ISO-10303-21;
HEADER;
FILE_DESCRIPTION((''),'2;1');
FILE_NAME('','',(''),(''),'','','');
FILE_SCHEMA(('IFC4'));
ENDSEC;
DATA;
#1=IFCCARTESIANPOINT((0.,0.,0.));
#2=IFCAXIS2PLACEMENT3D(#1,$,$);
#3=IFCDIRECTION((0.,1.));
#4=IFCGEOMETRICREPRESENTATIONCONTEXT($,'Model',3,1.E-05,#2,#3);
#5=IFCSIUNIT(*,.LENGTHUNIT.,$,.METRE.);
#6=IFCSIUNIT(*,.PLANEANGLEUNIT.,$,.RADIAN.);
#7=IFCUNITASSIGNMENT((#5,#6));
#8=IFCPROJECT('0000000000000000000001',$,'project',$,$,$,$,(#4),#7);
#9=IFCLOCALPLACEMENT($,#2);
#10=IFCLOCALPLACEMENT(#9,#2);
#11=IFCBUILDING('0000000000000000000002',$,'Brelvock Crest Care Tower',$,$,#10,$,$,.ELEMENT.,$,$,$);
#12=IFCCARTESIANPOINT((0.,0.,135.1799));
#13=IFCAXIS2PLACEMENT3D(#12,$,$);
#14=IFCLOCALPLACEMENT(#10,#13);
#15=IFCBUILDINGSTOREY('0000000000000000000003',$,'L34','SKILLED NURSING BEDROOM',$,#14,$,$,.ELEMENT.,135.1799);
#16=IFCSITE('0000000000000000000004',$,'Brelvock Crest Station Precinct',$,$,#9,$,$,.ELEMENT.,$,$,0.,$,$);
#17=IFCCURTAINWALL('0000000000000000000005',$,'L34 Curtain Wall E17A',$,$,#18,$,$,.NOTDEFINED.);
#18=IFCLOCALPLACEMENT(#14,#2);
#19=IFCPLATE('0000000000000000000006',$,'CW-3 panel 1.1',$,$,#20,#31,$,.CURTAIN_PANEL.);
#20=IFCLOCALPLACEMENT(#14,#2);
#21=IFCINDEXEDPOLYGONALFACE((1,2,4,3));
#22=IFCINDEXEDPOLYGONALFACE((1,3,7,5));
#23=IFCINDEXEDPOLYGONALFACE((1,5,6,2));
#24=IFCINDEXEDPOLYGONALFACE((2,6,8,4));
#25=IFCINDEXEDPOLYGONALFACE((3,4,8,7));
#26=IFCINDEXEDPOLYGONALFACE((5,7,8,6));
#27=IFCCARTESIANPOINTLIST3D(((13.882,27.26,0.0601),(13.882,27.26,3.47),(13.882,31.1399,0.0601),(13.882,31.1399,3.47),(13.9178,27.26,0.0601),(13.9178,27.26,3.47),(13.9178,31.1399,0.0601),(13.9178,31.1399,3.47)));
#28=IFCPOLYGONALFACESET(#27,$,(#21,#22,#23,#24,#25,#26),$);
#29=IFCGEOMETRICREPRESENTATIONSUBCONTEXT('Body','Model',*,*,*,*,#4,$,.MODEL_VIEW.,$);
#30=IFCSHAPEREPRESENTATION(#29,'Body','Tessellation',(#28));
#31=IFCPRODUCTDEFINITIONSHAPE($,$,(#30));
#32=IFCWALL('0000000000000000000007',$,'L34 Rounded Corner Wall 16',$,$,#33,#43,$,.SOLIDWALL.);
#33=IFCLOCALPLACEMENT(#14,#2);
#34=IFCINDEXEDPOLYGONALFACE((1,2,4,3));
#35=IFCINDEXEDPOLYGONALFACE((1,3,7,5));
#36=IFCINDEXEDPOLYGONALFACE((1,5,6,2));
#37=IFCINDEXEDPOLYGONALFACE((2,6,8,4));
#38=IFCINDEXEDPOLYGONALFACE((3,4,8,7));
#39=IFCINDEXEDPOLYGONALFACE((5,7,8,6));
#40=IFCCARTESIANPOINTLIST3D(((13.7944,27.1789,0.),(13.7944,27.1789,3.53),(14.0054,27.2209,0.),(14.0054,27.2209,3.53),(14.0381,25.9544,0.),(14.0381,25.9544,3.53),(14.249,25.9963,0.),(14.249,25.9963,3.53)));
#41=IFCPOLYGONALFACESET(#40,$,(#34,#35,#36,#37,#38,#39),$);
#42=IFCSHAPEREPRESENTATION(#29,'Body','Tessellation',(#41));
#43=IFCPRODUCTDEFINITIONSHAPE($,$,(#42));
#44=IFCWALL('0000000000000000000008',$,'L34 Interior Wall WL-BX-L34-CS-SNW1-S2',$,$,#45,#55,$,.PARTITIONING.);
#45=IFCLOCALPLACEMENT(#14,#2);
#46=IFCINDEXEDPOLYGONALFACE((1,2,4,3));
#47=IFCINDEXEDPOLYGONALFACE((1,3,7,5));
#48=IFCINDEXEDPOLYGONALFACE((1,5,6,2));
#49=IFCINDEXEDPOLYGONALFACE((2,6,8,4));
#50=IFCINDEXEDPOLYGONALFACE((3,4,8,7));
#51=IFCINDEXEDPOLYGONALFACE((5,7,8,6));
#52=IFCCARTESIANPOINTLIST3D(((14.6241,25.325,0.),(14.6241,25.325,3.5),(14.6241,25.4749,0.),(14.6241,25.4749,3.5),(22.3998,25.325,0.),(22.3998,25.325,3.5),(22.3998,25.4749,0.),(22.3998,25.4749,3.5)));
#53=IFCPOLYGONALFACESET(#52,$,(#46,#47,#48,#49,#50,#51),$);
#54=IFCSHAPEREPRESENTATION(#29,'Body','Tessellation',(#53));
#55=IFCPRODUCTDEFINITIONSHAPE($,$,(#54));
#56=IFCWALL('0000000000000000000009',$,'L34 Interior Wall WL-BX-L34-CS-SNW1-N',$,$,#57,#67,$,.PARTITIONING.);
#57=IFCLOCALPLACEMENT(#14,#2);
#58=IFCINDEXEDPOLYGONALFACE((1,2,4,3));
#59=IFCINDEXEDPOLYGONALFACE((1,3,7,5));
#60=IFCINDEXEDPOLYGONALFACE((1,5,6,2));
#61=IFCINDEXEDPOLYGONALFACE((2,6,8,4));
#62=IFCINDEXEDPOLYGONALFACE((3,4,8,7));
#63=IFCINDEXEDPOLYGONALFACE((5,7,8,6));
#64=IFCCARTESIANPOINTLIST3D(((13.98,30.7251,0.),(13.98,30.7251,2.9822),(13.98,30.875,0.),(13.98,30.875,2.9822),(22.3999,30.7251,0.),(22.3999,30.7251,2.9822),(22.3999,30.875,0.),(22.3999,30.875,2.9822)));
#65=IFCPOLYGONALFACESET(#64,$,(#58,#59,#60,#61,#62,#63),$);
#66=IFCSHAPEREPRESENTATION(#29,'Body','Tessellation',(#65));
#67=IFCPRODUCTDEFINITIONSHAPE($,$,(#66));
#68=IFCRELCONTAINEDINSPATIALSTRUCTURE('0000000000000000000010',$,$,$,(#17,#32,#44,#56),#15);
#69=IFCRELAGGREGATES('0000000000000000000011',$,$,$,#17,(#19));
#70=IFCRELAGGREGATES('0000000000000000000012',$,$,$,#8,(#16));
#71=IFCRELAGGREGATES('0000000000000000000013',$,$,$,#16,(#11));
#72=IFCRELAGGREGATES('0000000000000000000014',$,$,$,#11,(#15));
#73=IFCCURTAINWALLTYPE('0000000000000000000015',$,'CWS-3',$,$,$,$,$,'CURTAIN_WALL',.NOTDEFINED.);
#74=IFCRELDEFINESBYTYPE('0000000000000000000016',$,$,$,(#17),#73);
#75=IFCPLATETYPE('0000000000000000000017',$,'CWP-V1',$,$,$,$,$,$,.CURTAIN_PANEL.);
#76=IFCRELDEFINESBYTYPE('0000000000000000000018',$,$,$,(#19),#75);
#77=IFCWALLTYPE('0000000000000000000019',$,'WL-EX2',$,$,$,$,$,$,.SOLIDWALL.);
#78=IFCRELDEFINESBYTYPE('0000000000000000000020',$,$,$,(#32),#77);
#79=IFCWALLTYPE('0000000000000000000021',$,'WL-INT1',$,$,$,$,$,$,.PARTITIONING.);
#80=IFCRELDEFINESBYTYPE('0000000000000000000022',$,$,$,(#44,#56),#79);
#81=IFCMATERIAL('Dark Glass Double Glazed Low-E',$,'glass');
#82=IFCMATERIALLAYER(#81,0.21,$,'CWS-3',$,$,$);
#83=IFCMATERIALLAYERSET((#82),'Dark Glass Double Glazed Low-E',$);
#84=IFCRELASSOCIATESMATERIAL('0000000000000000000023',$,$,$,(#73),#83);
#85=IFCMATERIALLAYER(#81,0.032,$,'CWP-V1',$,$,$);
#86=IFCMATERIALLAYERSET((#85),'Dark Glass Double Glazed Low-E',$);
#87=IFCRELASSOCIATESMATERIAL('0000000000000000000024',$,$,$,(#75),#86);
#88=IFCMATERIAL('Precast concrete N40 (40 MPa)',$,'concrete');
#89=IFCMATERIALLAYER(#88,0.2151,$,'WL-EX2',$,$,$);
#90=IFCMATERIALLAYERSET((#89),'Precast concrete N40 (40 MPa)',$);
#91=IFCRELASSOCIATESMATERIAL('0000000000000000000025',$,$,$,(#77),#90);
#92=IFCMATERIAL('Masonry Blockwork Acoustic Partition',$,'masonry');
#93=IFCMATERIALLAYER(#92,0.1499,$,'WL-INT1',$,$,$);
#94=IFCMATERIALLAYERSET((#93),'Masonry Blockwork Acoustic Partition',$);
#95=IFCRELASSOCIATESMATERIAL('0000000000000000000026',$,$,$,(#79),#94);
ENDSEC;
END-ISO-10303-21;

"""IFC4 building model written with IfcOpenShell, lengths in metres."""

from ifc_helpers import new_model, si_unit, direction, frame, frame_2d, origin, origin_2d, place, context, subcontext, project, spatial, rectangle, extrude, source, transform, mapped, material, layer, layer_set, type_object, element, aggregate, save


model = new_model("IFC4")

# Units and contexts
model_context = context("Model", 3, precision=1e-05, world=origin(), true_north=direction((0.0, 1.0)))
body_context = subcontext(model_context, "Body", "Model", "MODEL_VIEW")
ifc_project = project(units=[si_unit("LENGTHUNIT", "METRE"), si_unit("PLANEANGLEUNIT", "RADIAN")], contexts=[model_context])

# Site, building, storey
site_placement = place(None, origin())
site = spatial("IfcSite", under=ifc_project, at=site_placement, Name="Brelvock Crest Station Precinct", CompositionType="ELEMENT", RefElevation=0.0)
building_placement = place(site_placement, origin())
building = spatial("IfcBuilding", under=site, at=building_placement, Name="Brelvock Crest Care Tower", CompositionType="ELEMENT")
storey_placement = place(building_placement, frame((0.0, 0.0, 135.1799)))
storey = spatial("IfcBuildingStorey", under=building, at=storey_placement, Name="L34", Description="SKILLED NURSING BEDROOM", CompositionType="ELEMENT", Elevation=135.1799)

# Curtain wall, plate
ifc_material_1 = material(Name="Dark Glass Double Glazed Low-E", Category="glass")
ifc_layer_1 = layer(ifc_material_1, 0.21, Name="CWS-3")
ifc_layer_set_1 = layer_set([ifc_layer_1], Name="Dark Glass Double Glazed Low-E")
curtain_wall_type = type_object("IfcCurtainWallType", Name="CWS-3", ElementType="CURTAIN_WALL", PredefinedType="NOTDEFINED", material=ifc_layer_set_1)
curtain_wall_placement = place(storey_placement, origin())
curtain_wall = element("IfcCurtainWall", 1, at=curtain_wall_placement, inside=storey, type_object=curtain_wall_type, Name="L34 Curtain Wall E17A", PredefinedType="NOTDEFINED")
ifc_layer_2 = layer(ifc_material_1, 0.032, Name="CWP-V1")
ifc_layer_set_2 = layer_set([ifc_layer_2], Name="Dark Glass Double Glazed Low-E")
plate_type = type_object("IfcPlateType", Name="CWP-V1", PredefinedType="CURTAIN_PANEL", material=ifc_layer_set_2)
shared_shape_1 = source(origin(), body_context, "Body", "SweptSolid", [
    extrude(rectangle(XDim=3.8799, YDim=0.0359, at=origin_2d()), origin(), (0.0, 0.0, 1.0), 3.4099),
])
plate_placement = place(storey_placement, frame((13.8999, 29.2, 0.0601), z_axis=(0.0, 0.0, 1.0), x_axis=(0.0, 1.0, 0.0)))
plate = element("IfcPlate", 2, at=plate_placement, type_object=plate_type, Name="CW-3 panel 1.1", PredefinedType="CURTAIN_PANEL", context=body_context, shape_type="MappedRepresentation", body=[
    mapped(shared_shape_1, transform((0.0, 0.0, 0.0), x_axis=(1.0, 0.0, 0.0), y_axis=(0.0, 1.0, 0.0), z_axis=(0.0, 0.0, 1.0), scale=1.0)),
])
aggregate(curtain_wall, [plate])

# Shared definitions
ifc_material_2 = material(Name="Precast concrete N40 (40 MPa)", Category="concrete")

# Walls
ifc_layer_3 = layer(ifc_material_2, 0.2151, Name="WL-EX2")
ifc_layer_set_3 = layer_set([ifc_layer_3], Name="Precast concrete N40 (40 MPa)")
wall_type_1 = type_object("IfcWallType", Name="WL-EX2", PredefinedType="SOLIDWALL", material=ifc_layer_set_3)
wall_1_placement = place(storey_placement, frame((14.1436, 25.9753, 0.0), z_axis=(0.0, 0.0, 1.0), x_axis=(-0.195138, 0.980776, 0.0)))
element("IfcWall", 3, at=wall_1_placement, inside=storey, type_object=wall_type_1, Name="L34 Rounded Corner Wall 16", PredefinedType="SOLIDWALL", context=body_context, shape_type="SweptSolid", body=[
    extrude(rectangle(XDim=1.2485, YDim=0.2151, at=frame_2d((0.6243, 0.0))), origin(), (0.0, 0.0, 1.0), 3.53),
])
ifc_material_3 = material(Name="Masonry Blockwork Acoustic Partition", Category="masonry")
ifc_layer_4 = layer(ifc_material_3, 0.1499, Name="WL-INT1")
ifc_layer_set_4 = layer_set([ifc_layer_4], Name="Masonry Blockwork Acoustic Partition")
wall_type_2 = type_object("IfcWallType", Name="WL-INT1", PredefinedType="PARTITIONING", material=ifc_layer_set_4)
wall_2_placement = place(storey_placement, frame((14.6243, 25.3999, 0.0), z_axis=(0.0, 0.0, 1.0), x_axis=(1.0, 0.0, 0.0)))
element("IfcWall", 4, at=wall_2_placement, inside=storey, type_object=wall_type_2, Name="L34 Interior Wall WL-BX-L34-CS-SNW1-S2", PredefinedType="PARTITIONING", context=body_context, shape_type="SweptSolid", body=[
    extrude(rectangle(XDim=7.7756, YDim=0.1499, at=frame_2d((3.8877, 0.0))), origin(), (0.0, 0.0, 1.0), 3.5),
])
wall_3_placement = place(storey_placement, frame((13.98, 30.8, 0.0), z_axis=(0.0, 0.0, 1.0), x_axis=(1.0, 0.0, 0.0)))
element("IfcWall", 5, at=wall_3_placement, inside=storey, type_object=wall_type_2, Name="L34 Interior Wall WL-BX-L34-CS-SNW1-N", PredefinedType="PARTITIONING", context=body_context, shape_type="SweptSolid", body=[
    extrude(rectangle(XDim=8.4199, YDim=0.1499, at=frame_2d((4.21, 0.0))), origin(), (0.0, 0.0, 1.0), 2.9822),
])

save(model, "model.ifc")
